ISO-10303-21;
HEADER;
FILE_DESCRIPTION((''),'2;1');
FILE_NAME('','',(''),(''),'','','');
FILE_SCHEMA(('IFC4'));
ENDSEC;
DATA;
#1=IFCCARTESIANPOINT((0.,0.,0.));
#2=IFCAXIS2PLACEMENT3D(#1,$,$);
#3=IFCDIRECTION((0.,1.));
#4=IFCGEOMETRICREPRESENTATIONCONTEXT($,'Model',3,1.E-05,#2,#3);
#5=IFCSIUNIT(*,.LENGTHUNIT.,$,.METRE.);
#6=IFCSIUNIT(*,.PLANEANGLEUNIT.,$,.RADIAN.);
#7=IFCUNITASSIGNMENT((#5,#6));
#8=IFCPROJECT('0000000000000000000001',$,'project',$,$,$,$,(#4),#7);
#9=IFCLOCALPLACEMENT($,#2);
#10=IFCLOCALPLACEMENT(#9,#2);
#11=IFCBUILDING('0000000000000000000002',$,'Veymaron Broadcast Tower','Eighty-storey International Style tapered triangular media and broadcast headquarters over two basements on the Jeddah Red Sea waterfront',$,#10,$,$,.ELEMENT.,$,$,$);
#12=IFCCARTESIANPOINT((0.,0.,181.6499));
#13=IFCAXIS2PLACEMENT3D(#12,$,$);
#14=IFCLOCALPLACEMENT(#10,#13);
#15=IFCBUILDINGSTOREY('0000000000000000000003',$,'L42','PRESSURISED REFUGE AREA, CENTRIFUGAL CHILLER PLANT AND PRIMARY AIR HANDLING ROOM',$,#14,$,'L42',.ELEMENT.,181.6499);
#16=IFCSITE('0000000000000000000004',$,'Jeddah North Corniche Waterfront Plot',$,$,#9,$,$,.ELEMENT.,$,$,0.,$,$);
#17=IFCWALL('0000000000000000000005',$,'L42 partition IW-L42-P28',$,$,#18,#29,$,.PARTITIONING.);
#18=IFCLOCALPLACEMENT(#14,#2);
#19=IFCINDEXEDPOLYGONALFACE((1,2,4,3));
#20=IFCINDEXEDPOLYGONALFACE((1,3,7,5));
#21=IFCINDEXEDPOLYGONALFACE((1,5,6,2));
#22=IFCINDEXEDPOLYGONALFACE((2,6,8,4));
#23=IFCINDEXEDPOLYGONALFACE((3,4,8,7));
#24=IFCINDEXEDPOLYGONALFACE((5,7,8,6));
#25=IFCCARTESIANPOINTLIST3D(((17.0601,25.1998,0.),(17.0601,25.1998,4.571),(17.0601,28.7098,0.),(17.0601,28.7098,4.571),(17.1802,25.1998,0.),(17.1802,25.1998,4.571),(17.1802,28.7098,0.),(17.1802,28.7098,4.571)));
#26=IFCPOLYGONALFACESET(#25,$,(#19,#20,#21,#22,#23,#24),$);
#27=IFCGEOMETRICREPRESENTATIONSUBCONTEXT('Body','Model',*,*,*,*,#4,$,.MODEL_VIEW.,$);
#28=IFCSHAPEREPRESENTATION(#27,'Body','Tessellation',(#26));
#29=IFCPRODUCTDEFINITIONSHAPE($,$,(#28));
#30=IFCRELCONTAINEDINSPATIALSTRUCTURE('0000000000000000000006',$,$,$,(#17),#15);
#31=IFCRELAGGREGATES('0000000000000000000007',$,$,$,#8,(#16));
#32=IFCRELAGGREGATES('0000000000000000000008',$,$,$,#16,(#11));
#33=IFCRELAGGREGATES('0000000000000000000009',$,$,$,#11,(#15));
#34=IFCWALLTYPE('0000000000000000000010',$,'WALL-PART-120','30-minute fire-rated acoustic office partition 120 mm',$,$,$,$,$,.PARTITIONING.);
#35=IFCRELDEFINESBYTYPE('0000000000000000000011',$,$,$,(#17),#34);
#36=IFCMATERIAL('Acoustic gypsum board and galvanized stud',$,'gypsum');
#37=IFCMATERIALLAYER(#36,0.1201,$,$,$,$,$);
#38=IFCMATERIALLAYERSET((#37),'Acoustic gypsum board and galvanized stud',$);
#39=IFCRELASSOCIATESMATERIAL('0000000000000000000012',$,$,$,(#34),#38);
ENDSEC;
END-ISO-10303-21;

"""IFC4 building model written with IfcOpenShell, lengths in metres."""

from ifc_helpers import new_model, si_unit, direction, frame, frame_2d, origin, place, context, subcontext, project, spatial, rectangle, extrude, material, layer, layer_set, type_object, element, save


model = new_model("IFC4")

# Units and contexts
model_context = context("Model", 3, precision=1e-05, world=origin(), true_north=direction((0.0, 1.0)))
body_context = subcontext(model_context, "Body", "Model", "MODEL_VIEW")
ifc_project = project(units=[si_unit("LENGTHUNIT", "METRE"), si_unit("PLANEANGLEUNIT", "RADIAN")], contexts=[model_context])

# Site, building, storey
site_placement = place(None, origin())
site = spatial("IfcSite", under=ifc_project, at=site_placement, Name="Jeddah North Corniche Waterfront Plot", CompositionType="ELEMENT", RefElevation=0.0)
building_placement = place(site_placement, origin())
building = spatial("IfcBuilding", under=site, at=building_placement, Name="Veymaron Broadcast Tower", Description="Eighty-storey International Style tapered triangular media and broadcast headquarters over two basements on the Jeddah Red Sea waterfront", CompositionType="ELEMENT")
storey_placement = place(building_placement, frame((0.0, 0.0, 181.6499)))
storey = spatial("IfcBuildingStorey", under=building, at=storey_placement, Name="L42", Description="PRESSURISED REFUGE AREA, CENTRIFUGAL CHILLER PLANT AND PRIMARY AIR HANDLING ROOM", LongName="L42", CompositionType="ELEMENT", Elevation=181.6499)

# Wall
ifc_material_1 = material(Name="Acoustic gypsum board and galvanized stud", Category="gypsum")
ifc_layer_1 = layer(ifc_material_1, 0.1201)
ifc_layer_set_1 = layer_set([ifc_layer_1], Name="Acoustic gypsum board and galvanized stud")
wall_type_1 = type_object("IfcWallType", Name="WALL-PART-120", Description="30-minute fire-rated acoustic office partition 120 mm", PredefinedType="PARTITIONING", material=ifc_layer_set_1)
wall_1_placement = place(storey_placement, frame((17.1201, 25.2, 0.0), z_axis=(0.0, 0.0, 1.0), x_axis=(0.0, 1.0, 0.0)))
element("IfcWall", 1, at=wall_1_placement, inside=storey, type_object=wall_type_1, Name="L42 partition IW-L42-P28", PredefinedType="PARTITIONING", context=body_context, shape_type="SweptSolid", body=[
    extrude(rectangle(XDim=3.51, YDim=0.1201, at=frame_2d((1.7549, 0.0))), origin(), (0.0, 0.0, 1.0), 4.571),
])

save(model, "model.ifc")
